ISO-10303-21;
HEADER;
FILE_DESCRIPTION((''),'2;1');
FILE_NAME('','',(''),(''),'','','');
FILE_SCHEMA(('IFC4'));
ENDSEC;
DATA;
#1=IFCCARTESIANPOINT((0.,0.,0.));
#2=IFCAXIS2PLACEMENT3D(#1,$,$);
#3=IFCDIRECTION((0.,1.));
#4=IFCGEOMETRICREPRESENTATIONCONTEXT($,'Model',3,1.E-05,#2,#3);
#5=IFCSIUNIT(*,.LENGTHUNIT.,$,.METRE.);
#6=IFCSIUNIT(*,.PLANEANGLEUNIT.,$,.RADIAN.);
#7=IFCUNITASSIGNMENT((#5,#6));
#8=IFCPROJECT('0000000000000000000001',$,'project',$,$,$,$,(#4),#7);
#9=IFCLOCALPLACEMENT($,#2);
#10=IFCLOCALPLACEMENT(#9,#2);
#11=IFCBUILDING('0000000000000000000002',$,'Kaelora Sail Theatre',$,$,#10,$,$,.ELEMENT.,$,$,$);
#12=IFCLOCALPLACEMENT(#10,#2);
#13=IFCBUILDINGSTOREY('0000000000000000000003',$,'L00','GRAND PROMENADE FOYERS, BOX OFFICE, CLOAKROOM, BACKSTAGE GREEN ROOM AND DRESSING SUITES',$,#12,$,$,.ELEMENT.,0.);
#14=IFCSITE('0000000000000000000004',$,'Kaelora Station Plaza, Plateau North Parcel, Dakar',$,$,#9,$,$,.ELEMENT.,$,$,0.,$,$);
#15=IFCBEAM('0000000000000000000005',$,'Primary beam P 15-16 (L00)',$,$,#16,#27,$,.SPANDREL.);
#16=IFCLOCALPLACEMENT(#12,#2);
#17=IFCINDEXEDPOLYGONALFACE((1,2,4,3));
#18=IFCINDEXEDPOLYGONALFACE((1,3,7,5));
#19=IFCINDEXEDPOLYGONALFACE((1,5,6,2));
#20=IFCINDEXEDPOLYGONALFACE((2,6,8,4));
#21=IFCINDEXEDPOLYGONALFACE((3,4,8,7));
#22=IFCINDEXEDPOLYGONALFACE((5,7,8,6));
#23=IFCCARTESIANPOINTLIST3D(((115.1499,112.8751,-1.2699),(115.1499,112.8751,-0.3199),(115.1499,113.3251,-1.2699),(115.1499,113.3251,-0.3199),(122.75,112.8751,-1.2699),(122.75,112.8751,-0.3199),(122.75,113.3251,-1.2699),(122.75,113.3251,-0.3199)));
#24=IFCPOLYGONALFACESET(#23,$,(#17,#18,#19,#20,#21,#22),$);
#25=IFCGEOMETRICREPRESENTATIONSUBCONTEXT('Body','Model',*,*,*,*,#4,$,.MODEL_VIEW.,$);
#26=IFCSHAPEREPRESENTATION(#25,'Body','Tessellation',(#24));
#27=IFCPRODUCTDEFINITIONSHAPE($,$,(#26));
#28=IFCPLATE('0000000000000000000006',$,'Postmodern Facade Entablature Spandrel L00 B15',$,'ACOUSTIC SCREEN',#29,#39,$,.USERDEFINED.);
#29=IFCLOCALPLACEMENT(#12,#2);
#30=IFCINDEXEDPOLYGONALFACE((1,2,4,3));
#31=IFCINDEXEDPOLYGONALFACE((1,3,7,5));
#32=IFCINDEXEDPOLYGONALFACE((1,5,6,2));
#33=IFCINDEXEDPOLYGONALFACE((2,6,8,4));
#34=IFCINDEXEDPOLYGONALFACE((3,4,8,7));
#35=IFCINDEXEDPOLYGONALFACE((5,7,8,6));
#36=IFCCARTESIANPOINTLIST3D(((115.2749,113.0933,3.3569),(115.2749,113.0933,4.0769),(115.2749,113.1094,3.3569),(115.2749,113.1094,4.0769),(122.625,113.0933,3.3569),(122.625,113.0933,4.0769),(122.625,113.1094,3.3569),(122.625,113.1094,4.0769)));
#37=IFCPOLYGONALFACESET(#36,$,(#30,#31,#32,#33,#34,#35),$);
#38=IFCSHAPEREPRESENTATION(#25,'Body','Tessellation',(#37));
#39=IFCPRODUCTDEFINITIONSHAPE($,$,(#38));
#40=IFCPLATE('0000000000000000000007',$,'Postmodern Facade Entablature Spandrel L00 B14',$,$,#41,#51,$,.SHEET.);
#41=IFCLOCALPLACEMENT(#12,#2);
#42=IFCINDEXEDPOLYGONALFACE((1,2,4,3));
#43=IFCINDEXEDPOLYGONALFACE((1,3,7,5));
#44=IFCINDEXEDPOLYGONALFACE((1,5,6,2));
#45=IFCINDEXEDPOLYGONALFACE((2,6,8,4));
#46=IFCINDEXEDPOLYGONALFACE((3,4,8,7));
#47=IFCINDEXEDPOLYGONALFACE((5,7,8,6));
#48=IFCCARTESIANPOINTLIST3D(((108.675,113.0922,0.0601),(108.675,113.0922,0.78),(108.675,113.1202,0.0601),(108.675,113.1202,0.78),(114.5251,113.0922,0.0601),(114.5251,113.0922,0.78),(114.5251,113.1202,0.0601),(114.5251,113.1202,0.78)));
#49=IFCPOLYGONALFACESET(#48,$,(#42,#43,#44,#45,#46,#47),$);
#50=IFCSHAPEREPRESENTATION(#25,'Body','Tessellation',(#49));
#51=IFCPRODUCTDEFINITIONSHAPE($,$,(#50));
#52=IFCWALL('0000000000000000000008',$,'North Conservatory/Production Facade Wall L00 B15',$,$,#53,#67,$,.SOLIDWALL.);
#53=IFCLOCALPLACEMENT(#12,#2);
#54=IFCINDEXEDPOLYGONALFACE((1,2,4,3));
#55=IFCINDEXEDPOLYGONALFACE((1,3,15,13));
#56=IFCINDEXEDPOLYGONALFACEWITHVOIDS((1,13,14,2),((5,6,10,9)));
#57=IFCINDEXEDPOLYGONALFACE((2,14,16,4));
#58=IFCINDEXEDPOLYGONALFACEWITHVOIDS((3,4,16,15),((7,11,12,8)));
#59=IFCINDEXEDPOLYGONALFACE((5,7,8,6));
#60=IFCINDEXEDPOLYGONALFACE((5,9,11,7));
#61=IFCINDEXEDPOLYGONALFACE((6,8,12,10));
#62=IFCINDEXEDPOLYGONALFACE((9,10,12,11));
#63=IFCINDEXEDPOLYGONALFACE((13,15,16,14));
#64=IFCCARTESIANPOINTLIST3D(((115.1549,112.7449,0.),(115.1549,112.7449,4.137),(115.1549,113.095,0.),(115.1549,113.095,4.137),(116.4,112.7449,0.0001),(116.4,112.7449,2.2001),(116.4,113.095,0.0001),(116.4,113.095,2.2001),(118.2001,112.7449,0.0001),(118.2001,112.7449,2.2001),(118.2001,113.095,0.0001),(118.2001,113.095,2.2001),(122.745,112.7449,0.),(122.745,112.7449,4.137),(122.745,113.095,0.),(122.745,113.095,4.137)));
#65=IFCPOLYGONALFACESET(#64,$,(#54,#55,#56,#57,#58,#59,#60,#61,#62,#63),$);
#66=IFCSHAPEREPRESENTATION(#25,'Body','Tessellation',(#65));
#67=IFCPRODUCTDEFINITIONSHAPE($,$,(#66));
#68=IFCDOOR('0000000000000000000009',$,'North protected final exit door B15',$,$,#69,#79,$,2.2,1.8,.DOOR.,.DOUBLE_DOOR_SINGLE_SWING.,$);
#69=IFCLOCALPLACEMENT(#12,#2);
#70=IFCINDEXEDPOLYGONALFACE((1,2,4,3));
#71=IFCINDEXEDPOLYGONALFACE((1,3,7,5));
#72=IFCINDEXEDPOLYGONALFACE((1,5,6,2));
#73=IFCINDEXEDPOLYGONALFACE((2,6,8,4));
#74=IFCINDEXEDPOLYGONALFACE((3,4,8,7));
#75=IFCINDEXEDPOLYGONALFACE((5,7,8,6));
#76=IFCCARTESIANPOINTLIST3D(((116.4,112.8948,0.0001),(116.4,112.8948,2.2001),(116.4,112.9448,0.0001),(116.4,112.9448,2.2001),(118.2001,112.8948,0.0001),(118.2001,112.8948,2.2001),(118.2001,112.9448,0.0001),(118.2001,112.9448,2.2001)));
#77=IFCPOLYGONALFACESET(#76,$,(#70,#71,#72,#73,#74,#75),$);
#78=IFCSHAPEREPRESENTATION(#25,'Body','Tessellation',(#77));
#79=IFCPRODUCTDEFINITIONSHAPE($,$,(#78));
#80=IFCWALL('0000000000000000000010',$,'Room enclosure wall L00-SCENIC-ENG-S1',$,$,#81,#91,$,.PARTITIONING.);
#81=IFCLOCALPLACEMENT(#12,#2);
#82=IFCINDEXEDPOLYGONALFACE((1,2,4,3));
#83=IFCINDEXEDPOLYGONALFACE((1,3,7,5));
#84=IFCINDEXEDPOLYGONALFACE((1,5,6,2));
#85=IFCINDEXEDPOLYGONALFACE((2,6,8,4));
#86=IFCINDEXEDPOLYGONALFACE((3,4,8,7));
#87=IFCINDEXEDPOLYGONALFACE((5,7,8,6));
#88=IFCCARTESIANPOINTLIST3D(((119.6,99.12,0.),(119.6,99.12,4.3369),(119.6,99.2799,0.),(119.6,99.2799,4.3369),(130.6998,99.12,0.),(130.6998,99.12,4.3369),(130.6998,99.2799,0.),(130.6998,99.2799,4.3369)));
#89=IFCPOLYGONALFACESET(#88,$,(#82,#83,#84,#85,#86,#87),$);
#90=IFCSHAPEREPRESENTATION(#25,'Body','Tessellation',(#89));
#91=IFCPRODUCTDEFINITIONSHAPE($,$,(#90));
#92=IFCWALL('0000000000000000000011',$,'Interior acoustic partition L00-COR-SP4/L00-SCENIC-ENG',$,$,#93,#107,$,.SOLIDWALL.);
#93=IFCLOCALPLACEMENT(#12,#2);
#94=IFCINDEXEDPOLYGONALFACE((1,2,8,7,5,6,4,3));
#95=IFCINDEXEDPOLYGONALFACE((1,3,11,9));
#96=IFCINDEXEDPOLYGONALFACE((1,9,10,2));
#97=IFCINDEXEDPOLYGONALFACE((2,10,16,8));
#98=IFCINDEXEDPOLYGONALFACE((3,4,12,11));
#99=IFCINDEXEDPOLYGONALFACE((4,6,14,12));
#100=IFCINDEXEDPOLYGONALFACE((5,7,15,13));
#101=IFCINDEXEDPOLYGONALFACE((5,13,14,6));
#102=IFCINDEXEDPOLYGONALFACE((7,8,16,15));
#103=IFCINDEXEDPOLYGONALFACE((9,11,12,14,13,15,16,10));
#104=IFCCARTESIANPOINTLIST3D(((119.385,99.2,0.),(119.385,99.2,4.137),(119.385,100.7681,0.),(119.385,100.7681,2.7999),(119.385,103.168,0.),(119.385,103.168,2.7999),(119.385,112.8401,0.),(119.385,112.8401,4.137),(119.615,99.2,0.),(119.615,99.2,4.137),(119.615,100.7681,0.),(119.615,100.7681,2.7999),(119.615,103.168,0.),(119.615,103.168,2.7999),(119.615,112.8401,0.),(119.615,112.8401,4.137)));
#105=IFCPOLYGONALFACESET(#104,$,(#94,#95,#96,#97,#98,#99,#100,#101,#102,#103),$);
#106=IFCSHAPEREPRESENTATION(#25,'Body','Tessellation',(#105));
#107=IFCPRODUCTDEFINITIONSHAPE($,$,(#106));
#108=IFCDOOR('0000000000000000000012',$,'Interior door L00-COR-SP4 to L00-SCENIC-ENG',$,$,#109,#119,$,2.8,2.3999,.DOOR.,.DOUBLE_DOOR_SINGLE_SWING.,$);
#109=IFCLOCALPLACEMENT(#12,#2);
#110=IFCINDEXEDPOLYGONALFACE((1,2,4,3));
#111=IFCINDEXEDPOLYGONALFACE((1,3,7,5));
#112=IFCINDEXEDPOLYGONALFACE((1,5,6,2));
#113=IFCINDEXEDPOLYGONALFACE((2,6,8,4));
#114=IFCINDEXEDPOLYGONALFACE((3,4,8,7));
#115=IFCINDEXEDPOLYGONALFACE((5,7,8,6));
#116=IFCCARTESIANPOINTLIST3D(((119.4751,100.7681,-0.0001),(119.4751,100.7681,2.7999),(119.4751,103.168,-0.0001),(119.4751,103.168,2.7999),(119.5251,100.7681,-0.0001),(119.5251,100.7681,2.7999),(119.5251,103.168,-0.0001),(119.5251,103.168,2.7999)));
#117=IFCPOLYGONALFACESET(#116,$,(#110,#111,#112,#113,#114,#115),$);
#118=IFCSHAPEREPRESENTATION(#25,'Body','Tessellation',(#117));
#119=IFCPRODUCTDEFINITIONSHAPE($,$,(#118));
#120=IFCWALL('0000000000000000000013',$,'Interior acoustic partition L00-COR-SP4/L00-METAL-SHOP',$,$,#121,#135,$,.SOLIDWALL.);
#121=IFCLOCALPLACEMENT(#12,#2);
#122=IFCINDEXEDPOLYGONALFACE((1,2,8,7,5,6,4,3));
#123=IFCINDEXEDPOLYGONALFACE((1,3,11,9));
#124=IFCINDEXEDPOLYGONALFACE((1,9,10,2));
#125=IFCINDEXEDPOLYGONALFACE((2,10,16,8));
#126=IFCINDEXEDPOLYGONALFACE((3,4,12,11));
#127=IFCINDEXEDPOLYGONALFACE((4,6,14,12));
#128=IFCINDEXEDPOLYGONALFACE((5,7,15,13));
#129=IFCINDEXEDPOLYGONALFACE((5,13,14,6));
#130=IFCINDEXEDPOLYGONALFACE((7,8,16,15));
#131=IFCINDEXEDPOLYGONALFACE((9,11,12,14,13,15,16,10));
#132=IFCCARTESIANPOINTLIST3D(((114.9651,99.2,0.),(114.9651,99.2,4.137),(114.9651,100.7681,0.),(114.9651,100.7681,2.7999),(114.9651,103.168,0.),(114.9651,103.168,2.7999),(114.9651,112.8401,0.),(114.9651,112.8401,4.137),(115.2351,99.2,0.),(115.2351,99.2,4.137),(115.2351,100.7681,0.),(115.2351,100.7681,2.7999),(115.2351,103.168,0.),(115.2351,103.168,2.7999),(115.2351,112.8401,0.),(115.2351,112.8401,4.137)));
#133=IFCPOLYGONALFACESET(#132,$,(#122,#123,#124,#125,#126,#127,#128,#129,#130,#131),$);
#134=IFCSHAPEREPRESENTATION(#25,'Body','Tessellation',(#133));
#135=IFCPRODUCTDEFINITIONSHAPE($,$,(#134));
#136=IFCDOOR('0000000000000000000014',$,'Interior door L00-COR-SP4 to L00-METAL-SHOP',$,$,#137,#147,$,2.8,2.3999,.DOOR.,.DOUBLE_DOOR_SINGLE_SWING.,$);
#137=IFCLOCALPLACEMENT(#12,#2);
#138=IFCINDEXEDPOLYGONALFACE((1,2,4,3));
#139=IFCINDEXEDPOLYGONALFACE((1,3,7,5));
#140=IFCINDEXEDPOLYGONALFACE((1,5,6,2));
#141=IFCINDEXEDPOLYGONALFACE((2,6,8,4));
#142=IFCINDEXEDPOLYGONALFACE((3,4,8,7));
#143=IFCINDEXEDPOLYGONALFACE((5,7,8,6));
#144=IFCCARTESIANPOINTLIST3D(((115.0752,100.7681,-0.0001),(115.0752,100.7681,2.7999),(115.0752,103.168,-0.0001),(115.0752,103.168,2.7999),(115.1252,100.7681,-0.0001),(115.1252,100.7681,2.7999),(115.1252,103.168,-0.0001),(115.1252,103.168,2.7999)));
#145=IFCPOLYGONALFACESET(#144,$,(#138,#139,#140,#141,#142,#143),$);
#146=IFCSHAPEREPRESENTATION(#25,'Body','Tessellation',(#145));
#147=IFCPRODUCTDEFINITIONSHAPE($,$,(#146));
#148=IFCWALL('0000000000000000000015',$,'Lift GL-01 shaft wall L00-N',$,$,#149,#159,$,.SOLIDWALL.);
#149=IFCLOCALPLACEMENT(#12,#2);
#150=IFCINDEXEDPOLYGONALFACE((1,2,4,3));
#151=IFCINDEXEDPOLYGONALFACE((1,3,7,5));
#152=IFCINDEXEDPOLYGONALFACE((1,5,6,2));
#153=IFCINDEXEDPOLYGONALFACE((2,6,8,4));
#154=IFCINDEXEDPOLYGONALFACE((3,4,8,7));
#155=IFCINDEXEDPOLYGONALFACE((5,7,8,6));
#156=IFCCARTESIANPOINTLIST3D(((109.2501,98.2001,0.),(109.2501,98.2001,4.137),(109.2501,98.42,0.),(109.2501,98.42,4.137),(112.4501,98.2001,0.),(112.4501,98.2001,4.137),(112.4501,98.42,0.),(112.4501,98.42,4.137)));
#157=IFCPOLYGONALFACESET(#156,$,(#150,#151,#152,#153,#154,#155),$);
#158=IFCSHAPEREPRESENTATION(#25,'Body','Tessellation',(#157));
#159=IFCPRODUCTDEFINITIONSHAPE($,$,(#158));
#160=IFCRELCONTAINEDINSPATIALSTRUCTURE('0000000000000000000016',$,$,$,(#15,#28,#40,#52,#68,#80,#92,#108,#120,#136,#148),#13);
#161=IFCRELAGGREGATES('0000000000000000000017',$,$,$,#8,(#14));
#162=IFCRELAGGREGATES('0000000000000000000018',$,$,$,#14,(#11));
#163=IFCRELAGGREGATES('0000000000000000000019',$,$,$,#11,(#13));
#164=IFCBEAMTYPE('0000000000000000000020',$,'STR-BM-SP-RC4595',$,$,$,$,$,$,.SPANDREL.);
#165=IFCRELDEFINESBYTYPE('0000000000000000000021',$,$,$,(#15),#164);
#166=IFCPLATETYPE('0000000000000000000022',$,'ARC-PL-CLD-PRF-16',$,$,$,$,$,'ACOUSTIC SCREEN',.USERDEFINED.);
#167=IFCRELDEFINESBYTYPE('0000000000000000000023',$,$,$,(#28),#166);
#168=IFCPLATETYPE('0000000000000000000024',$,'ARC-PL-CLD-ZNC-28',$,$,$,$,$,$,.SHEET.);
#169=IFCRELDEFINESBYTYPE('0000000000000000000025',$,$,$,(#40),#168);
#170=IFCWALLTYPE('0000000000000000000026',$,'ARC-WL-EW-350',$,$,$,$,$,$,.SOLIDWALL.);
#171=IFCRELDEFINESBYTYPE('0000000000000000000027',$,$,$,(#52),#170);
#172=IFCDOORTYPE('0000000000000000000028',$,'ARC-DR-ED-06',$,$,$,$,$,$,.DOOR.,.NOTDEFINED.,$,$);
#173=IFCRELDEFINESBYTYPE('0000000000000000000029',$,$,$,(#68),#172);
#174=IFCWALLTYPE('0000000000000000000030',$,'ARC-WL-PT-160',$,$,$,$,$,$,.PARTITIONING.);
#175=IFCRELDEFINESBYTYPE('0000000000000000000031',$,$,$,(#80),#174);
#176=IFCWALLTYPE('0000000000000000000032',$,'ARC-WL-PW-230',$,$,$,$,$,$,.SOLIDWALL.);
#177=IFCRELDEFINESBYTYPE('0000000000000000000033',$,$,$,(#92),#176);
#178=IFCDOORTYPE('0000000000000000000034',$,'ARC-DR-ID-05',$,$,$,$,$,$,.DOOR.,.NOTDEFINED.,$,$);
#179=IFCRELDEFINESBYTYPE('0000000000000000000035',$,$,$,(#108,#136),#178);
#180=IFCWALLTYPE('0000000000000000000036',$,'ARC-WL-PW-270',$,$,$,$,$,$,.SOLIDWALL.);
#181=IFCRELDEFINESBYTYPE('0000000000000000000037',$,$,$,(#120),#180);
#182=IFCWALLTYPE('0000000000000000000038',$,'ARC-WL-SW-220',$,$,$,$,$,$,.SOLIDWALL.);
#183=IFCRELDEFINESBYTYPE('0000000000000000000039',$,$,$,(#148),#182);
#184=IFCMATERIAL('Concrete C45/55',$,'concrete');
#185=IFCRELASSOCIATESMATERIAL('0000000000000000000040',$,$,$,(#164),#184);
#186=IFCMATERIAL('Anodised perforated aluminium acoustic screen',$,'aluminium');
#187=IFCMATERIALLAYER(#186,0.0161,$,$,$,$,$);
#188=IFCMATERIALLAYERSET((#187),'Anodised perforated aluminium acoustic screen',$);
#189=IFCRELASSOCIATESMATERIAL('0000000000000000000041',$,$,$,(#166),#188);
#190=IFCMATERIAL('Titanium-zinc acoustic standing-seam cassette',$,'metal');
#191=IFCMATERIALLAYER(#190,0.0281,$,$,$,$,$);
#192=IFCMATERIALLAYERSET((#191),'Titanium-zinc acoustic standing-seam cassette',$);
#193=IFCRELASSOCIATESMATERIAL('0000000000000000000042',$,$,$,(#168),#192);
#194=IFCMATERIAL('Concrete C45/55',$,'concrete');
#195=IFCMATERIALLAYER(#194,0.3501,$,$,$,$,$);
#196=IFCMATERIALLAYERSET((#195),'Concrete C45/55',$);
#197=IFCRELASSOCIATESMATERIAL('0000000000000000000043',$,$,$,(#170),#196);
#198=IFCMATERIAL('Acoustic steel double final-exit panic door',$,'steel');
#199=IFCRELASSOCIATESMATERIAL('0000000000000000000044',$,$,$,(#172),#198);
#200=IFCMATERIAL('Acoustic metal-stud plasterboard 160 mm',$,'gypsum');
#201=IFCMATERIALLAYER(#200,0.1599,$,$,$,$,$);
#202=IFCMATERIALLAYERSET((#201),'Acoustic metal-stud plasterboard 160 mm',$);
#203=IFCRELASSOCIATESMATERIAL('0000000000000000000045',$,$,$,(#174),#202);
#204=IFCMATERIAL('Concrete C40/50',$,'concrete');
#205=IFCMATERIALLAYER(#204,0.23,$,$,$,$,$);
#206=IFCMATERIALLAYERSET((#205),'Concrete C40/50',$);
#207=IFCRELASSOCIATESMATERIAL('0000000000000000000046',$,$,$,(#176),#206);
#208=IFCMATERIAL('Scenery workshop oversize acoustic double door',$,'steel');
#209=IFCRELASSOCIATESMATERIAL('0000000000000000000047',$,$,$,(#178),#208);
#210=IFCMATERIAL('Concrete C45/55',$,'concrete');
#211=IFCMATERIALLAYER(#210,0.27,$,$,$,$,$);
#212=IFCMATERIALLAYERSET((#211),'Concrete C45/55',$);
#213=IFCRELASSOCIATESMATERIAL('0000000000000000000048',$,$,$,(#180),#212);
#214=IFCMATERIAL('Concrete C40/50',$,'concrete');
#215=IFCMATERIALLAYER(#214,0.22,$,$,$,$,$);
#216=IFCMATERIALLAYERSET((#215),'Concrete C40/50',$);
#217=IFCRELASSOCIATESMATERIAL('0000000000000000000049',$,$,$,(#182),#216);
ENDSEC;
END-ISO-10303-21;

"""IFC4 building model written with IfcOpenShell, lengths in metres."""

from ifc_helpers import new_model, si_unit, direction, frame, frame_2d, origin, origin_2d, place, context, subcontext, project, spatial, rectangle, extrude, material, layer, layer_set, material_profile, profile_set, type_object, element, fill, save


model = new_model("IFC4")

# Units and contexts
model_context = context("Model", 3, precision=1e-05, world=origin(), true_north=direction((0.0, 1.0)))
body_context = subcontext(model_context, "Body", "Model", "MODEL_VIEW")
ifc_project = project(units=[si_unit("LENGTHUNIT", "METRE"), si_unit("PLANEANGLEUNIT", "RADIAN")], contexts=[model_context])

# Site, building, storey
site_placement = place(None, origin())
site = spatial("IfcSite", under=ifc_project, at=site_placement, Name="Kaelora Station Plaza, Plateau North Parcel, Dakar", CompositionType="ELEMENT", RefElevation=0.0)
building_placement = place(site_placement, origin())
building = spatial("IfcBuilding", under=site, at=building_placement, Name="Kaelora Sail Theatre", CompositionType="ELEMENT")
storey_placement = place(building_placement, origin())
storey = spatial("IfcBuildingStorey", under=building, at=storey_placement, Name="L00", Description="GRAND PROMENADE FOYERS, BOX OFFICE, CLOAKROOM, BACKSTAGE GREEN ROOM AND DRESSING SUITES", CompositionType="ELEMENT", Elevation=0.0)

# Beam
ifc_material_1 = material(Name="Concrete C45/55", Category="concrete")
ifc_material_profile_1 = material_profile(ifc_material_1, rectangle(XDim=0.45, YDim=0.95, at=origin_2d()), Name="RC-SPN 450x950")
ifc_profile_set_1 = profile_set([ifc_material_profile_1], Name="Concrete C45/55")
beam_type_1 = type_object("IfcBeamType", Name="STR-BM-SP-RC4595", PredefinedType="SPANDREL", material=ifc_profile_set_1)
beam_1_placement = place(storey_placement, frame((115.1499, 113.1001, -0.7949), z_axis=(1.0, 0.0, 0.0), x_axis=(0.0, 1.0, 0.0)))
element("IfcBeam", 1, at=beam_1_placement, inside=storey, type_object=beam_type_1, Name="Primary beam P 15-16 (L00)", PredefinedType="SPANDREL", context=body_context, shape_type="SweptSolid", body=[
    extrude(rectangle(XDim=0.45, YDim=0.95, at=origin_2d()), origin(), (0.0, 0.0, 1.0), 7.6001),
])

# Plates
ifc_material_2 = material(Name="Anodised perforated aluminium acoustic screen", Category="aluminium")
ifc_layer_1 = layer(ifc_material_2, 0.0161)
ifc_layer_set_1 = layer_set([ifc_layer_1], Name="Anodised perforated aluminium acoustic screen")
plate_type_1 = type_object("IfcPlateType", Name="ARC-PL-CLD-PRF-16", ElementType="ACOUSTIC SCREEN", PredefinedType="USERDEFINED", material=ifc_layer_set_1)
plate_1_placement = place(storey_placement, frame((118.95, 113.1013, 3.3569), z_axis=(0.0, 0.0, 1.0), x_axis=(1.0, 0.0, 0.0)))
element("IfcPlate", 2, at=plate_1_placement, inside=storey, type_object=plate_type_1, Name="Postmodern Facade Entablature Spandrel L00 B15", ObjectType="ACOUSTIC SCREEN", PredefinedType="USERDEFINED", context=body_context, shape_type="SweptSolid", body=[
    extrude(rectangle(XDim=7.3501, YDim=0.0161, at=origin_2d()), origin(), (0.0, 0.0, 1.0), 0.72),
])
ifc_material_3 = material(Name="Titanium-zinc acoustic standing-seam cassette", Category="metal")
ifc_layer_2 = layer(ifc_material_3, 0.0281)
ifc_layer_set_2 = layer_set([ifc_layer_2], Name="Titanium-zinc acoustic standing-seam cassette")
plate_type_2 = type_object("IfcPlateType", Name="ARC-PL-CLD-ZNC-28", PredefinedType="SHEET", material=ifc_layer_set_2)
plate_2_placement = place(storey_placement, frame((111.6001, 113.1062, 0.0601), z_axis=(0.0, 0.0, 1.0), x_axis=(1.0, 0.0, 0.0)))
element("IfcPlate", 3, at=plate_2_placement, inside=storey, type_object=plate_type_2, Name="Postmodern Facade Entablature Spandrel L00 B14", PredefinedType="SHEET", context=body_context, shape_type="SweptSolid", body=[
    extrude(rectangle(XDim=5.8501, YDim=0.0281, at=origin_2d()), origin(), (0.0, 0.0, 1.0), 0.72),
])

# Wall, opening, door
ifc_material_4 = material(Name="Concrete C45/55", Category="concrete")
ifc_layer_3 = layer(ifc_material_4, 0.3501)
ifc_layer_set_3 = layer_set([ifc_layer_3], Name="Concrete C45/55")
wall_type_1 = type_object("IfcWallType", Name="ARC-WL-EW-350", PredefinedType="SOLIDWALL", material=ifc_layer_set_3)
wall_1_placement = place(storey_placement, frame((115.155, 112.9199, 0.0), z_axis=(0.0, 0.0, 1.0), x_axis=(1.0, 0.0, 0.0)))
wall_1 = element("IfcWall", 4, at=wall_1_placement, inside=storey, type_object=wall_type_1, Name="North Conservatory/Production Facade Wall L00 B15", PredefinedType="SOLIDWALL", context=body_context, shape_type="SweptSolid", body=[
    extrude(rectangle(XDim=7.5901, YDim=0.3501, at=frame_2d((3.7949, 0.0))), origin(), (0.0, 0.0, 1.0), 4.137),
])
opening_1_placement = place(wall_1_placement, frame((1.2451, 0.0, 0.0)))
opening_1 = element("IfcOpeningElement", 5, at=opening_1_placement, cuts=wall_1, PredefinedType="OPENING", context=body_context, shape_type="SweptSolid", body=[
    extrude(rectangle(XDim=1.8, YDim=2.2, at=frame_2d((0.8999, 1.1001))), frame((0.0, 0.185, 0.0), z_axis=(0.0, -1.0, 0.0), x_axis=(1.0, 0.0, 0.0)), (0.0, 0.0, 1.0), 0.3701),
])
ifc_material_5 = material(Name="Acoustic steel double final-exit panic door", Category="steel")
door_type_1 = type_object("IfcDoorType", Name="ARC-DR-ED-06", OperationType="NOTDEFINED", PredefinedType="DOOR", material=ifc_material_5)
door_1_placement = place(opening_1_placement, origin())
door_1 = element("IfcDoor", 6, at=door_1_placement, inside=storey, type_object=door_type_1, Name="North protected final exit door B15", OperationType="DOUBLE_DOOR_SINGLE_SWING", OverallHeight=2.2, OverallWidth=1.8, PredefinedType="DOOR", context=body_context, shape_type="SweptSolid", body=[
    extrude(rectangle(XDim=1.8, YDim=2.2, at=frame_2d((0.8999, 1.1001))), frame((0.0, 0.0249, 0.0), z_axis=(0.0, -1.0, 0.0), x_axis=(1.0, 0.0, 0.0)), (0.0, 0.0, 1.0), 0.05),
])
fill(opening_1, door_1)

# Wall
ifc_material_6 = material(Name="Acoustic metal-stud plasterboard 160 mm", Category="gypsum")
ifc_layer_4 = layer(ifc_material_6, 0.1599)
ifc_layer_set_4 = layer_set([ifc_layer_4], Name="Acoustic metal-stud plasterboard 160 mm")
wall_type_2 = type_object("IfcWallType", Name="ARC-WL-PT-160", PredefinedType="PARTITIONING", material=ifc_layer_set_4)
wall_2_placement = place(storey_placement, frame((119.6001, 99.2, 0.0), z_axis=(0.0, 0.0, 1.0), x_axis=(1.0, 0.0, 0.0)))
element("IfcWall", 7, at=wall_2_placement, inside=storey, type_object=wall_type_2, Name="Room enclosure wall L00-SCENIC-ENG-S1", PredefinedType="PARTITIONING", context=body_context, shape_type="SweptSolid", body=[
    extrude(rectangle(XDim=11.0999, YDim=0.1599, at=frame_2d((5.5498, 0.0))), origin(), (0.0, 0.0, 1.0), 4.3369),
])

# Walls, openings, doors
ifc_material_7 = material(Name="Concrete C40/50", Category="concrete")
ifc_layer_5 = layer(ifc_material_7, 0.23)
ifc_layer_set_5 = layer_set([ifc_layer_5], Name="Concrete C40/50")
wall_type_3 = type_object("IfcWallType", Name="ARC-WL-PW-230", PredefinedType="SOLIDWALL", material=ifc_layer_set_5)
wall_3_placement = place(storey_placement, frame((119.5, 99.2, 0.0), z_axis=(0.0, 0.0, 1.0), x_axis=(0.0, 1.0, 0.0)))
wall_3 = element("IfcWall", 8, at=wall_3_placement, inside=storey, type_object=wall_type_3, Name="Interior acoustic partition L00-COR-SP4/L00-SCENIC-ENG", PredefinedType="SOLIDWALL", context=body_context, shape_type="SweptSolid", body=[
    extrude(rectangle(XDim=13.6401, YDim=0.23, at=frame_2d((6.8201, 0.0))), origin(), (0.0, 0.0, 1.0), 4.137),
])
opening_2_placement = place(wall_3_placement, frame((1.5681, 0.0, 0.0)))
opening_2 = element("IfcOpeningElement", 9, at=opening_2_placement, cuts=wall_3, PredefinedType="OPENING", context=body_context, shape_type="SweptSolid", body=[
    extrude(rectangle(XDim=2.3999, YDim=2.8, at=frame_2d((1.2, 1.3999))), frame((0.0, 0.125, 0.0), z_axis=(0.0, -1.0, 0.0), x_axis=(1.0, 0.0, 0.0)), (0.0, 0.0, 1.0), 0.25),
])
ifc_material_8 = material(Name="Scenery workshop oversize acoustic double door", Category="steel")
door_type_2 = type_object("IfcDoorType", Name="ARC-DR-ID-05", OperationType="NOTDEFINED", PredefinedType="DOOR", material=ifc_material_8)
door_2_placement = place(opening_2_placement, origin())
door_2 = element("IfcDoor", 10, at=door_2_placement, inside=storey, type_object=door_type_2, Name="Interior door L00-COR-SP4 to L00-SCENIC-ENG", OperationType="DOUBLE_DOOR_SINGLE_SWING", OverallHeight=2.8, OverallWidth=2.3999, PredefinedType="DOOR", context=body_context, shape_type="SweptSolid", body=[
    extrude(rectangle(XDim=2.3999, YDim=2.8, at=frame_2d((1.2, 1.3999))), frame((0.0, 0.0249, 0.0), z_axis=(0.0, -1.0, 0.0), x_axis=(1.0, 0.0, 0.0)), (0.0, 0.0, 1.0), 0.05),
])
fill(opening_2, door_2)
ifc_material_9 = material(Name="Concrete C45/55", Category="concrete")
ifc_layer_6 = layer(ifc_material_9, 0.27)
ifc_layer_set_6 = layer_set([ifc_layer_6], Name="Concrete C45/55")
wall_type_4 = type_object("IfcWallType", Name="ARC-WL-PW-270", PredefinedType="SOLIDWALL", material=ifc_layer_set_6)
wall_4_placement = place(storey_placement, frame((115.1001, 99.2, 0.0), z_axis=(0.0, 0.0, 1.0), x_axis=(0.0, 1.0, 0.0)))
wall_4 = element("IfcWall", 11, at=wall_4_placement, inside=storey, type_object=wall_type_4, Name="Interior acoustic partition L00-COR-SP4/L00-METAL-SHOP", PredefinedType="SOLIDWALL", context=body_context, shape_type="SweptSolid", body=[
    extrude(rectangle(XDim=13.6401, YDim=0.27, at=frame_2d((6.8201, 0.0))), origin(), (0.0, 0.0, 1.0), 4.137),
])
opening_3_placement = place(wall_4_placement, frame((1.5681, 0.0, 0.0)))
opening_3 = element("IfcOpeningElement", 12, at=opening_3_placement, cuts=wall_4, PredefinedType="OPENING", context=body_context, shape_type="SweptSolid", body=[
    extrude(rectangle(XDim=2.3999, YDim=2.8, at=frame_2d((1.2, 1.3999))), frame((0.0, 0.145, 0.0), z_axis=(0.0, -1.0, 0.0), x_axis=(1.0, 0.0, 0.0)), (0.0, 0.0, 1.0), 0.29),
])
door_3_placement = place(opening_3_placement, origin())
door_3 = element("IfcDoor", 13, at=door_3_placement, inside=storey, type_object=door_type_2, Name="Interior door L00-COR-SP4 to L00-METAL-SHOP", OperationType="DOUBLE_DOOR_SINGLE_SWING", OverallHeight=2.8, OverallWidth=2.3999, PredefinedType="DOOR", context=body_context, shape_type="SweptSolid", body=[
    extrude(rectangle(XDim=2.3999, YDim=2.8, at=frame_2d((1.2, 1.3999))), frame((0.0, 0.0249, 0.0), z_axis=(0.0, -1.0, 0.0), x_axis=(1.0, 0.0, 0.0)), (0.0, 0.0, 1.0), 0.05),
])
fill(opening_3, door_3)

# Wall
ifc_material_10 = material(Name="Concrete C40/50", Category="concrete")
ifc_layer_7 = layer(ifc_material_10, 0.22)
ifc_layer_set_7 = layer_set([ifc_layer_7], Name="Concrete C40/50")
wall_type_5 = type_object("IfcWallType", Name="ARC-WL-SW-220", PredefinedType="SOLIDWALL", material=ifc_layer_set_7)
wall_5_placement = place(storey_placement, frame((109.25, 98.3101, 0.0), z_axis=(0.0, 0.0, 1.0), x_axis=(1.0, 0.0, 0.0)))
element("IfcWall", 14, at=wall_5_placement, inside=storey, type_object=wall_type_5, Name="Lift GL-01 shaft wall L00-N", PredefinedType="SOLIDWALL", context=body_context, shape_type="SweptSolid", body=[
    extrude(rectangle(XDim=3.2, YDim=0.22, at=frame_2d((1.6001, 0.0))), origin(), (0.0, 0.0, 1.0), 4.137),
])

save(model, "model.ifc")
